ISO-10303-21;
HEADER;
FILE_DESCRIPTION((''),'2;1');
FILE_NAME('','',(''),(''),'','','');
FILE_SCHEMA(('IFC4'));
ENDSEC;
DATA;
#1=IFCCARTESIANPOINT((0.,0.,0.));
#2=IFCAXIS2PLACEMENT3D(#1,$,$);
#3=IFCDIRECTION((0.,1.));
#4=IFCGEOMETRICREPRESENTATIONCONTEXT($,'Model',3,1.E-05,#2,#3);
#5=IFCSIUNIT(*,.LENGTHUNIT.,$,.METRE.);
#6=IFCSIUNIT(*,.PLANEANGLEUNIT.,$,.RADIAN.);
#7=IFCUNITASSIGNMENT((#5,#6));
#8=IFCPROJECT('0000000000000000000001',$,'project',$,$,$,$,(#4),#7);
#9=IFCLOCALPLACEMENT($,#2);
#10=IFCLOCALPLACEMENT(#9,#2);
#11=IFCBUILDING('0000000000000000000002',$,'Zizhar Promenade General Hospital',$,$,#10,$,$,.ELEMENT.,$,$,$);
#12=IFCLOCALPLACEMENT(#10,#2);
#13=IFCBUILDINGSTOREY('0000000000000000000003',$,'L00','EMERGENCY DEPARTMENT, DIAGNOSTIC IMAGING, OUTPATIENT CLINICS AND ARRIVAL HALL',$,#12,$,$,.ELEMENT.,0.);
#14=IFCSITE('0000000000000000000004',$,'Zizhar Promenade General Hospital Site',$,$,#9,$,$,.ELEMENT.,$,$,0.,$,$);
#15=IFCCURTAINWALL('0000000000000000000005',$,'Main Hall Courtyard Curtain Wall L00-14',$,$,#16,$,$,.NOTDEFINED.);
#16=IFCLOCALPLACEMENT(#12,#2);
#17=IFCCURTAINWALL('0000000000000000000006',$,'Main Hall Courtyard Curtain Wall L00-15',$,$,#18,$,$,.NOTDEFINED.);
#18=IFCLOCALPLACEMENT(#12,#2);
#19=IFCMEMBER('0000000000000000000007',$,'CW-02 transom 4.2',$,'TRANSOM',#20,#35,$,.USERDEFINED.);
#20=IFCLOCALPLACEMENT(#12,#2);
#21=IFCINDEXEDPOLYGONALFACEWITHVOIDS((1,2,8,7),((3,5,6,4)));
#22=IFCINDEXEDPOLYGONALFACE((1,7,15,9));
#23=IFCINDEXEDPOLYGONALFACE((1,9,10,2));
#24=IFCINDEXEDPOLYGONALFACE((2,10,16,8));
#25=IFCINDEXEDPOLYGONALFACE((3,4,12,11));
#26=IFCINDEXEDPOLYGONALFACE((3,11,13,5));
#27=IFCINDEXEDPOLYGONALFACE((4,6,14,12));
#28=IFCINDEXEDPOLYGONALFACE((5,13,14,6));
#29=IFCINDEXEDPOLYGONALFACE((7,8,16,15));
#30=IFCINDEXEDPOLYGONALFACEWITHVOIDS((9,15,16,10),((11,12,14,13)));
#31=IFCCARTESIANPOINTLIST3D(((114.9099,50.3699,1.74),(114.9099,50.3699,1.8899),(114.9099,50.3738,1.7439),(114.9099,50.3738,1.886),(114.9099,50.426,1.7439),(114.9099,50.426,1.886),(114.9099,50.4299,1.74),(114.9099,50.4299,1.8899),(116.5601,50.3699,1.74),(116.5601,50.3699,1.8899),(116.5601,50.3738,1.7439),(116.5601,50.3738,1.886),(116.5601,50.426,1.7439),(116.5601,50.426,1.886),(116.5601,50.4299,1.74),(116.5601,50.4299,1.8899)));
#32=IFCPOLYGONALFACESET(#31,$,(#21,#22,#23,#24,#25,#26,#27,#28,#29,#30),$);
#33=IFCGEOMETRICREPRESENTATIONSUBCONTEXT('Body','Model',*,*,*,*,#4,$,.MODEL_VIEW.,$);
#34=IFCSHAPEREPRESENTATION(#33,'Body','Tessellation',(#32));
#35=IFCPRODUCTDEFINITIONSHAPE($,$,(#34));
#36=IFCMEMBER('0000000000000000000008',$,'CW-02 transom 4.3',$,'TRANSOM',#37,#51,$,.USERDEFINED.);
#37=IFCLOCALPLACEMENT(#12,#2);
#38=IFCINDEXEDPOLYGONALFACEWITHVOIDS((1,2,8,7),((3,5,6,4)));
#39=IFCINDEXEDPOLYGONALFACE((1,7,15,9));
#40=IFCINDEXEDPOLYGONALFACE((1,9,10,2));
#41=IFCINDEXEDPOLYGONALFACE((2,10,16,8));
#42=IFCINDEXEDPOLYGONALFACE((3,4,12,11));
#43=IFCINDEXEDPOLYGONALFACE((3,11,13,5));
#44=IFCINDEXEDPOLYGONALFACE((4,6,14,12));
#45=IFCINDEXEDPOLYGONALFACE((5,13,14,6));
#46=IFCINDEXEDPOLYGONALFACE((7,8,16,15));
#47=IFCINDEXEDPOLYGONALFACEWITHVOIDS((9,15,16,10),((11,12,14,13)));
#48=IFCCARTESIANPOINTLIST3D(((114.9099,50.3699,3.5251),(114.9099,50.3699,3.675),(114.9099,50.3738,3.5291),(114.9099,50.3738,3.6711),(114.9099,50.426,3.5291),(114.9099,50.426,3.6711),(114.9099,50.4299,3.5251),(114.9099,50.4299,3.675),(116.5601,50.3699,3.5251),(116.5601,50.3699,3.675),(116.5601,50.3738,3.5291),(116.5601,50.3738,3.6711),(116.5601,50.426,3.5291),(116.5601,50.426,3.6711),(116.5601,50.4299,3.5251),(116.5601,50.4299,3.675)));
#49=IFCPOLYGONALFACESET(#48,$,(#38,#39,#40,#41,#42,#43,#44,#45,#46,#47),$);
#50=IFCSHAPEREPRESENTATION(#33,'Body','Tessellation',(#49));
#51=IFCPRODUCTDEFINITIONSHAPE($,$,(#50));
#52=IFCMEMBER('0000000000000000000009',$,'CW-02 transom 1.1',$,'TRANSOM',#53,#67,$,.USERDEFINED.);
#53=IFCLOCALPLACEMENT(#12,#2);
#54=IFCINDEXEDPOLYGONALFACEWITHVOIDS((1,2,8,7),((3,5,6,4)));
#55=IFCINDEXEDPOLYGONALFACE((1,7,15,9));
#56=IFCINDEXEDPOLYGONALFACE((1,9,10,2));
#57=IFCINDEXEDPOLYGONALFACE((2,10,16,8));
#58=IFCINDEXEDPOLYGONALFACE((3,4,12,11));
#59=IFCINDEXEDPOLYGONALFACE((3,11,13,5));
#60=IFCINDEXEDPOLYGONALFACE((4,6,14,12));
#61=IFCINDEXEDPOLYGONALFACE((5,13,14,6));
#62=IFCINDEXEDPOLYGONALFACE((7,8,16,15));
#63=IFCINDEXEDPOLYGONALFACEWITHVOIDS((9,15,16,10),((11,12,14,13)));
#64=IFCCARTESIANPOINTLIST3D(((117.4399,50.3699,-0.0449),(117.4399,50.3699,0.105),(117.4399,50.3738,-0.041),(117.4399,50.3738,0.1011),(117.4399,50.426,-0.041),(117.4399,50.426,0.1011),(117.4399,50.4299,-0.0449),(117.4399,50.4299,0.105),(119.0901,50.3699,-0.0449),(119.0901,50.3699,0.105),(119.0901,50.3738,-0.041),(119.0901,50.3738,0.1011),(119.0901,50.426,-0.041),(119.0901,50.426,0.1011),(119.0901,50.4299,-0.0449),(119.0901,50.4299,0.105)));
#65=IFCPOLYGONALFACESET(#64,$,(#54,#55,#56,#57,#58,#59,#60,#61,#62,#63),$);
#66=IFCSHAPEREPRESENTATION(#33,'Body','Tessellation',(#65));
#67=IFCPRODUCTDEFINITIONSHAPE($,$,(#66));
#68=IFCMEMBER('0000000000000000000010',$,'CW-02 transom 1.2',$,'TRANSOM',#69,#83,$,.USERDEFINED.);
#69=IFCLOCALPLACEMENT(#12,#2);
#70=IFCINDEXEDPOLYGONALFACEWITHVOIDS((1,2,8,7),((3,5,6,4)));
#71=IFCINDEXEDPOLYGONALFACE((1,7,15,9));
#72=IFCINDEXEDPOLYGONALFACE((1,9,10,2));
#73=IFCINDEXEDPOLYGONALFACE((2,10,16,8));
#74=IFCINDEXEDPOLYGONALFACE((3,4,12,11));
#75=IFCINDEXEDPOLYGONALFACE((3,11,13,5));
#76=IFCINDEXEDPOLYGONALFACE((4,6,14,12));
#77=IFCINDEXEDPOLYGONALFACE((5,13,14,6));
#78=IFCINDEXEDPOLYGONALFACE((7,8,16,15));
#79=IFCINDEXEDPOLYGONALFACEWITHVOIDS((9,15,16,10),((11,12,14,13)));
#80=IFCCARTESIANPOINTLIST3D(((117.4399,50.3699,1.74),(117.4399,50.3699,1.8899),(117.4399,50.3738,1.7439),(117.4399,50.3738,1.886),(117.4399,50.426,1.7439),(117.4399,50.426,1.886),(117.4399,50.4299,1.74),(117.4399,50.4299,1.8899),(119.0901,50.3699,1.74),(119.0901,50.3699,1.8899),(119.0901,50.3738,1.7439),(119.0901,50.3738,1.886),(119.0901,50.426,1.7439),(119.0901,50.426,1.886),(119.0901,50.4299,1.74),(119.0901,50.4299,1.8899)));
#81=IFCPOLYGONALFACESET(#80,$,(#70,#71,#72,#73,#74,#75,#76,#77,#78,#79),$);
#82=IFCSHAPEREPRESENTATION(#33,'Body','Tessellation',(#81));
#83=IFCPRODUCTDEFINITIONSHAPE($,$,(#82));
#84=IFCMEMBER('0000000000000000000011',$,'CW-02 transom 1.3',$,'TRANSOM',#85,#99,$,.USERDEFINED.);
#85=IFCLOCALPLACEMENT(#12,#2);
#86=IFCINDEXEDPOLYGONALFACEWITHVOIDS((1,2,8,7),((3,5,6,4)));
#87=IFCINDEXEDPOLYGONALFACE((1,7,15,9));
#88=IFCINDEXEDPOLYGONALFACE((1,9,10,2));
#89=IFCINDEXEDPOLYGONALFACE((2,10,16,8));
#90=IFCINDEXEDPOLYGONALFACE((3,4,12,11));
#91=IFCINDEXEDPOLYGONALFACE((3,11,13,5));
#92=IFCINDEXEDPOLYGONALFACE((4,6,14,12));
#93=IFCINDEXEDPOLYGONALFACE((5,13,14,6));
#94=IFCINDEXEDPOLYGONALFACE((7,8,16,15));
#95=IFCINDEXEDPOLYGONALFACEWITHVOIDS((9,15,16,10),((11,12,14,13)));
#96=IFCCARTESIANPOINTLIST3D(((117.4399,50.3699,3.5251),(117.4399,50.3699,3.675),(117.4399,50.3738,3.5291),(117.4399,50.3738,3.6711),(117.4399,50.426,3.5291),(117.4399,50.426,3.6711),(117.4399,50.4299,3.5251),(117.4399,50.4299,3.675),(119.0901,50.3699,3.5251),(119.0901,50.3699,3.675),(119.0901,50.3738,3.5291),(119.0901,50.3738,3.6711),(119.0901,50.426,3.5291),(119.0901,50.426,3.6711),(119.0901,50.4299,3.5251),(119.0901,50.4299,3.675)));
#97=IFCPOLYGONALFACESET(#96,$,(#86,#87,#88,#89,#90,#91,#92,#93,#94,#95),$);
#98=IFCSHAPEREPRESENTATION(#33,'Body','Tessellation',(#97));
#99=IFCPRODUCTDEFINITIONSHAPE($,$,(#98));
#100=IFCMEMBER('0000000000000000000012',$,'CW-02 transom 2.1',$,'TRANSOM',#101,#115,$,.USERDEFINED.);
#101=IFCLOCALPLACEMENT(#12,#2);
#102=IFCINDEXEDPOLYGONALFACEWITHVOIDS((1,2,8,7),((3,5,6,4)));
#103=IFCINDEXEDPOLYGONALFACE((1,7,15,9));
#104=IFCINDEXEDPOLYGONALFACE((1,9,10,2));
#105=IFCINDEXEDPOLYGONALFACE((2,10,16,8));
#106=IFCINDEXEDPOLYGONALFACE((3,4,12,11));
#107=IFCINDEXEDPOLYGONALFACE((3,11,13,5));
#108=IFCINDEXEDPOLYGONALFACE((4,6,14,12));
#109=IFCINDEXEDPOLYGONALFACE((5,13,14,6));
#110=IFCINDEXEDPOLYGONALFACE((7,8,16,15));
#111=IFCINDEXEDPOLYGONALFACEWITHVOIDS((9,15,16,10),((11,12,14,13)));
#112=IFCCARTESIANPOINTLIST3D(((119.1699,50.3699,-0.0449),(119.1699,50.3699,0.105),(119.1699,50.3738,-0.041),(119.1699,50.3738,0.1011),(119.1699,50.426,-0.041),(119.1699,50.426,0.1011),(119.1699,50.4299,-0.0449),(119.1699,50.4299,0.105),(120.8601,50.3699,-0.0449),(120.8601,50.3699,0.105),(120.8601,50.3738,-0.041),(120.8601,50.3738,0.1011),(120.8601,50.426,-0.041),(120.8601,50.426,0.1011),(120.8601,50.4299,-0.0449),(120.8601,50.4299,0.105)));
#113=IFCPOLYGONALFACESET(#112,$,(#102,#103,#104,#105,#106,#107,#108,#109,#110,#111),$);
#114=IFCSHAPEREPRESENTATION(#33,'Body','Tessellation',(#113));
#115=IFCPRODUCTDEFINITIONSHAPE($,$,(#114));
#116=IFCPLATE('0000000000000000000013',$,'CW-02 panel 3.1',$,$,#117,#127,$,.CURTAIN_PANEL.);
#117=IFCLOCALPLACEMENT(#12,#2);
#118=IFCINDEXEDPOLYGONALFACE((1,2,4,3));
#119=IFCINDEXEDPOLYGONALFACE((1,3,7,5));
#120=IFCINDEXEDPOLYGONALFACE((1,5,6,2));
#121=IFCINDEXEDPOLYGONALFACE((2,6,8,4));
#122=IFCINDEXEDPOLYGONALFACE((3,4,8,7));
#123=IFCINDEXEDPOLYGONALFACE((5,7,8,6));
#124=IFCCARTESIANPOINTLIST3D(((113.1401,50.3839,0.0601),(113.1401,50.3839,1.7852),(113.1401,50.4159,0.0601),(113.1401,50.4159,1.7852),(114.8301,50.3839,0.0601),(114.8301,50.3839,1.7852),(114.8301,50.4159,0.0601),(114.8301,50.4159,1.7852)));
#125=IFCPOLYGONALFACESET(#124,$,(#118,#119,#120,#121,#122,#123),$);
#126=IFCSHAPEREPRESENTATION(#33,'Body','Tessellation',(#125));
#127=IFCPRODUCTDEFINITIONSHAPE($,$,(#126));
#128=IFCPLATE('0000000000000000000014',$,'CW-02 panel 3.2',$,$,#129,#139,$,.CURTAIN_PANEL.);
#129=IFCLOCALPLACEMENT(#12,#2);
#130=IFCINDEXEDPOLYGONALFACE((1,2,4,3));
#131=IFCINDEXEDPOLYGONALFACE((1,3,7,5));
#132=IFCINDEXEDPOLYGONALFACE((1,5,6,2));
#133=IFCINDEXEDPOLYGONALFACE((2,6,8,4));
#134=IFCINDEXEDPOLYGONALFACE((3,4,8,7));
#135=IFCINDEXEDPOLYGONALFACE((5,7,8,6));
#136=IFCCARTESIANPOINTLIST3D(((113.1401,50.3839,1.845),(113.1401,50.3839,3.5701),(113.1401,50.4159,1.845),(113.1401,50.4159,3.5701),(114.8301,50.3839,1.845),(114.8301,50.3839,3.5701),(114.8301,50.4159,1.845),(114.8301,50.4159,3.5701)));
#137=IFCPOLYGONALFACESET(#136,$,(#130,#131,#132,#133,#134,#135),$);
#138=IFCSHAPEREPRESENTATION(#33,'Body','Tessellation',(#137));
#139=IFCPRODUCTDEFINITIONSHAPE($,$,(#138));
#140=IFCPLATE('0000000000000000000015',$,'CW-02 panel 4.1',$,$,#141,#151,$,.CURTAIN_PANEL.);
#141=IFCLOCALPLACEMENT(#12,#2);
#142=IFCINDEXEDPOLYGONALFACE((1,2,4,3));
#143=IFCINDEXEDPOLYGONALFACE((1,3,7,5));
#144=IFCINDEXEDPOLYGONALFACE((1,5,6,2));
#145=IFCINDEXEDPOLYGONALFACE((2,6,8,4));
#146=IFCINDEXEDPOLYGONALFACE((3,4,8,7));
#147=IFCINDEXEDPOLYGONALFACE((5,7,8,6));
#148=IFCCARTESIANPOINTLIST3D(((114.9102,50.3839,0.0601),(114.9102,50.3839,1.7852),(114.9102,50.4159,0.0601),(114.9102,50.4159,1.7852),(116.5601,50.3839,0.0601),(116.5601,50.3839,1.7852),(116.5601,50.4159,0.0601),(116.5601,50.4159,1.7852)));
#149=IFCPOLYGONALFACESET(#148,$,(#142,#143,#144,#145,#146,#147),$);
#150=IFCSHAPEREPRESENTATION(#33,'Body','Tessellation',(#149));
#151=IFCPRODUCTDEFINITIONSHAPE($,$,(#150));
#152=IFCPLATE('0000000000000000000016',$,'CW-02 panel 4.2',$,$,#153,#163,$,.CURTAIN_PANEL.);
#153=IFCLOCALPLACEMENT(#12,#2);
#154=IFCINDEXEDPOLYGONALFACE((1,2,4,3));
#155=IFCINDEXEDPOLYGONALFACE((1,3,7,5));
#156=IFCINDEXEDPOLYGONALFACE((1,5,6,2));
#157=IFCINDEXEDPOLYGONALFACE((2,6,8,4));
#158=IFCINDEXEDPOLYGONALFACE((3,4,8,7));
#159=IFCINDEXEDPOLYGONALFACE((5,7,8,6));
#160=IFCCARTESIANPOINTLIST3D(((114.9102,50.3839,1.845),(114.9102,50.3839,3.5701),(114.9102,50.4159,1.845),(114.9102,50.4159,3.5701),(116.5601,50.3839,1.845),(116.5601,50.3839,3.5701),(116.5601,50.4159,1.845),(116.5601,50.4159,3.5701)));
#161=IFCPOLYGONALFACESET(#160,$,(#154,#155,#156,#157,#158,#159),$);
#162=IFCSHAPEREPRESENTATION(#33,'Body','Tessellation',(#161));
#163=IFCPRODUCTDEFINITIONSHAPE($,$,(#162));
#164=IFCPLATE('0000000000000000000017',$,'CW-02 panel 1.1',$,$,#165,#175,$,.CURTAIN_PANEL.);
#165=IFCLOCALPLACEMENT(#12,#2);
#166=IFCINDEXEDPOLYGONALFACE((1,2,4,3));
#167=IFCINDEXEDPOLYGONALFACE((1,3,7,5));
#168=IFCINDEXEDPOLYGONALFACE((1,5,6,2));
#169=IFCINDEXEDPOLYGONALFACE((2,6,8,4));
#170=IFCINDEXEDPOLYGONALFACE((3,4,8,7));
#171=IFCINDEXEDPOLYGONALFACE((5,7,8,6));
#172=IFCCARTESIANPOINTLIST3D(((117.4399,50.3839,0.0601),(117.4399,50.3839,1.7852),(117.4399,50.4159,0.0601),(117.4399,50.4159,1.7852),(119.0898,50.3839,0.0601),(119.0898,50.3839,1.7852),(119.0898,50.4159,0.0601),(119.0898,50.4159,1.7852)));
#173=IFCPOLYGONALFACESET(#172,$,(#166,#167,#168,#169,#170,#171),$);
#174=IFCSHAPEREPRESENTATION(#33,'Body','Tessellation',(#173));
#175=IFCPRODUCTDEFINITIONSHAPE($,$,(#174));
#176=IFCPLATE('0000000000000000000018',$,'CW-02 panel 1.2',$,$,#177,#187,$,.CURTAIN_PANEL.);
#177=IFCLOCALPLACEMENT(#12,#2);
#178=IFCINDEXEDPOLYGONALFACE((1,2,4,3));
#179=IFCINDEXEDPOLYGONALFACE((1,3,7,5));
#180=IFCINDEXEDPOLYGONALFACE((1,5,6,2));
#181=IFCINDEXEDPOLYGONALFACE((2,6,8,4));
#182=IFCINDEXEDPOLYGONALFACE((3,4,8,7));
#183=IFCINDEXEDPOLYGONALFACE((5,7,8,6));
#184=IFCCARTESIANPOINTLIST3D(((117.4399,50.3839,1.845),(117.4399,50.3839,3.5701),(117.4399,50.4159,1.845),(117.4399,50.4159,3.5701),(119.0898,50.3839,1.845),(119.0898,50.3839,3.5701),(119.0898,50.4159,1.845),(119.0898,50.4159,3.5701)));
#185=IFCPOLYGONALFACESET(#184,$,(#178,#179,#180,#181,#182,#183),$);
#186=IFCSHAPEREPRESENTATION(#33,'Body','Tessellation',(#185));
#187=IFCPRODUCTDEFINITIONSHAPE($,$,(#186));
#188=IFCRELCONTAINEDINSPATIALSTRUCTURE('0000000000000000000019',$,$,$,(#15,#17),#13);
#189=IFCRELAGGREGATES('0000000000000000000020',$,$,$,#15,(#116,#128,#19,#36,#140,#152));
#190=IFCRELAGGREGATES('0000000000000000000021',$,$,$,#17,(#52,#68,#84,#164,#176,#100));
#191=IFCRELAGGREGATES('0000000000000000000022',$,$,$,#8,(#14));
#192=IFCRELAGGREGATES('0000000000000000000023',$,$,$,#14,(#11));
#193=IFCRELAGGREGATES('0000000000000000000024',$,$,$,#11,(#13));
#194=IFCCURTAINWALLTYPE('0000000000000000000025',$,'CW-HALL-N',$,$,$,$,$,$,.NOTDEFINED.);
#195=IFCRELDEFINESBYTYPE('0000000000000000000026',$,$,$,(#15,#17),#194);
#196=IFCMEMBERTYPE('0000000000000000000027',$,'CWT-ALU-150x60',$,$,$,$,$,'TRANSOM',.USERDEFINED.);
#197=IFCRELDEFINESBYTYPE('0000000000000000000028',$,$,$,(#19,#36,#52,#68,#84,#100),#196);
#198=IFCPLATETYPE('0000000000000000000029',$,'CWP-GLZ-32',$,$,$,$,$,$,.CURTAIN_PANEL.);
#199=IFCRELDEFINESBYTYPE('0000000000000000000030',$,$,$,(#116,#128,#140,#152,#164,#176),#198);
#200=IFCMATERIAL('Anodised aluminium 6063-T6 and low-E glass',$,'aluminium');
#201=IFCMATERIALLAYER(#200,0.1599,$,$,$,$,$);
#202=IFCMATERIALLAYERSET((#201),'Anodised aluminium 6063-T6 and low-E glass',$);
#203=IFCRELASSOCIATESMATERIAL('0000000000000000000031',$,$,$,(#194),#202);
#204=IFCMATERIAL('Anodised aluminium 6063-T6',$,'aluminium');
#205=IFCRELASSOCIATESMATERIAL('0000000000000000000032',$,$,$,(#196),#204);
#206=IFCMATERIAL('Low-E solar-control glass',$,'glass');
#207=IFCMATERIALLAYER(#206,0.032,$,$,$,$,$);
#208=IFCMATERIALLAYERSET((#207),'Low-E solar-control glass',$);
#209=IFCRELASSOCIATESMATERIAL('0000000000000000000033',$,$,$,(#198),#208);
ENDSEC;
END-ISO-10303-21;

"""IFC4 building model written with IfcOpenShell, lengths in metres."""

from ifc_helpers import new_model, si_unit, direction, frame, origin, origin_2d, place, context, subcontext, project, spatial, rectangle, hollow_rectangle, extrude, material, layer, layer_set, material_profile, profile_set, type_object, element, aggregate, save


model = new_model("IFC4")

# Units and contexts
model_context = context("Model", 3, precision=1e-05, world=origin(), true_north=direction((0.0, 1.0)))
body_context = subcontext(model_context, "Body", "Model", "MODEL_VIEW")
ifc_project = project(units=[si_unit("LENGTHUNIT", "METRE"), si_unit("PLANEANGLEUNIT", "RADIAN")], contexts=[model_context])

# Site, building, storey
site_placement = place(None, origin())
site = spatial("IfcSite", under=ifc_project, at=site_placement, Name="Zizhar Promenade General Hospital Site", CompositionType="ELEMENT", RefElevation=0.0)
building_placement = place(site_placement, origin())
building = spatial("IfcBuilding", under=site, at=building_placement, Name="Zizhar Promenade General Hospital", CompositionType="ELEMENT")
storey_placement = place(building_placement, origin())
storey = spatial("IfcBuildingStorey", under=building, at=storey_placement, Name="L00", Description="EMERGENCY DEPARTMENT, DIAGNOSTIC IMAGING, OUTPATIENT CLINICS AND ARRIVAL HALL", CompositionType="ELEMENT", Elevation=0.0)

# Curtain walls
ifc_material_1 = material(Name="Anodised aluminium 6063-T6 and low-E glass", Category="aluminium")
ifc_layer_1 = layer(ifc_material_1, 0.1599)
ifc_layer_set_1 = layer_set([ifc_layer_1], Name="Anodised aluminium 6063-T6 and low-E glass")
curtain_wall_type = type_object("IfcCurtainWallType", Name="CW-HALL-N", PredefinedType="NOTDEFINED", material=ifc_layer_set_1)
curtain_wall_1_placement = place(storey_placement, origin())
curtain_wall_1 = element("IfcCurtainWall", 1, at=curtain_wall_1_placement, inside=storey, type_object=curtain_wall_type, Name="Main Hall Courtyard Curtain Wall L00-14", PredefinedType="NOTDEFINED")
curtain_wall_2_placement = place(storey_placement, origin())
curtain_wall_2 = element("IfcCurtainWall", 2, at=curtain_wall_2_placement, inside=storey, type_object=curtain_wall_type, Name="Main Hall Courtyard Curtain Wall L00-15", PredefinedType="NOTDEFINED")

# Members
ifc_material_2 = material(Name="Anodised aluminium 6063-T6", Category="aluminium")
ifc_material_profile_1 = material_profile(ifc_material_2, hollow_rectangle(XDim=0.0601, YDim=0.1499, WallThickness=0.0039, at=origin_2d()))
ifc_profile_set_1 = profile_set([ifc_material_profile_1], Name="Anodised aluminium 6063-T6")
member_type_1 = type_object("IfcMemberType", Name="CWT-ALU-150x60", ElementType="TRANSOM", PredefinedType="USERDEFINED", material=ifc_profile_set_1)
member_1_placement = place(storey_placement, frame((114.9099, 50.3999, 1.8149), z_axis=(1.0, 0.0, 0.0), x_axis=(0.0, 1.0, 0.0)))
member_1 = element("IfcMember", 3, at=member_1_placement, type_object=member_type_1, Name="CW-02 transom 4.2", ObjectType="TRANSOM", PredefinedType="USERDEFINED", context=body_context, shape_type="SweptSolid", body=[
    extrude(hollow_rectangle(XDim=0.0601, YDim=0.1499, WallThickness=0.0039, at=origin_2d()), origin(), (0.0, 0.0, 1.0), 1.6501),
])
member_2_placement = place(storey_placement, frame((114.9099, 50.3999, 3.6001), z_axis=(1.0, 0.0, 0.0), x_axis=(0.0, 1.0, 0.0)))
member_2 = element("IfcMember", 4, at=member_2_placement, type_object=member_type_1, Name="CW-02 transom 4.3", ObjectType="TRANSOM", PredefinedType="USERDEFINED", context=body_context, shape_type="SweptSolid", body=[
    extrude(hollow_rectangle(XDim=0.0601, YDim=0.1499, WallThickness=0.0039, at=origin_2d()), origin(), (0.0, 0.0, 1.0), 1.6501),
])
member_3_placement = place(storey_placement, frame((117.4399, 50.3999, 0.03), z_axis=(1.0, 0.0, 0.0), x_axis=(0.0, 1.0, 0.0)))
member_3 = element("IfcMember", 5, at=member_3_placement, type_object=member_type_1, Name="CW-02 transom 1.1", ObjectType="TRANSOM", PredefinedType="USERDEFINED", context=body_context, shape_type="SweptSolid", body=[
    extrude(hollow_rectangle(XDim=0.0601, YDim=0.1499, WallThickness=0.0039, at=origin_2d()), origin(), (0.0, 0.0, 1.0), 1.6501),
])
member_4_placement = place(storey_placement, frame((117.4399, 50.3999, 1.8149), z_axis=(1.0, 0.0, 0.0), x_axis=(0.0, 1.0, 0.0)))
member_4 = element("IfcMember", 6, at=member_4_placement, type_object=member_type_1, Name="CW-02 transom 1.2", ObjectType="TRANSOM", PredefinedType="USERDEFINED", context=body_context, shape_type="SweptSolid", body=[
    extrude(hollow_rectangle(XDim=0.0601, YDim=0.1499, WallThickness=0.0039, at=origin_2d()), origin(), (0.0, 0.0, 1.0), 1.6501),
])
member_5_placement = place(storey_placement, frame((117.4399, 50.3999, 3.6001), z_axis=(1.0, 0.0, 0.0), x_axis=(0.0, 1.0, 0.0)))
member_5 = element("IfcMember", 7, at=member_5_placement, type_object=member_type_1, Name="CW-02 transom 1.3", ObjectType="TRANSOM", PredefinedType="USERDEFINED", context=body_context, shape_type="SweptSolid", body=[
    extrude(hollow_rectangle(XDim=0.0601, YDim=0.1499, WallThickness=0.0039, at=origin_2d()), origin(), (0.0, 0.0, 1.0), 1.6501),
])
member_6_placement = place(storey_placement, frame((119.1699, 50.3999, 0.03), z_axis=(1.0, 0.0, 0.0), x_axis=(0.0, 1.0, 0.0)))
member_6 = element("IfcMember", 8, at=member_6_placement, type_object=member_type_1, Name="CW-02 transom 2.1", ObjectType="TRANSOM", PredefinedType="USERDEFINED", context=body_context, shape_type="SweptSolid", body=[
    extrude(hollow_rectangle(XDim=0.0601, YDim=0.1499, WallThickness=0.0039, at=origin_2d()), origin(), (0.0, 0.0, 1.0), 1.6902),
])

# Plates
ifc_material_3 = material(Name="Low-E solar-control glass", Category="glass")
ifc_layer_2 = layer(ifc_material_3, 0.032)
ifc_layer_set_2 = layer_set([ifc_layer_2], Name="Low-E solar-control glass")
plate_type = type_object("IfcPlateType", Name="CWP-GLZ-32", PredefinedType="CURTAIN_PANEL", material=ifc_layer_set_2)
plate_1_placement = place(storey_placement, frame((113.9851, 50.3999, 0.0601), z_axis=(0.0, 0.0, 1.0), x_axis=(1.0, 0.0, 0.0)))
plate_1 = element("IfcPlate", 9, at=plate_1_placement, type_object=plate_type, Name="CW-02 panel 3.1", PredefinedType="CURTAIN_PANEL", context=body_context, shape_type="SweptSolid", body=[
    extrude(rectangle(XDim=1.6899, YDim=0.032, at=origin_2d()), origin(), (0.0, 0.0, 1.0), 1.7251),
])
plate_2_placement = place(storey_placement, frame((113.9851, 50.3999, 1.845), z_axis=(0.0, 0.0, 1.0), x_axis=(1.0, 0.0, 0.0)))
plate_2 = element("IfcPlate", 10, at=plate_2_placement, type_object=plate_type, Name="CW-02 panel 3.2", PredefinedType="CURTAIN_PANEL", context=body_context, shape_type="SweptSolid", body=[
    extrude(rectangle(XDim=1.6899, YDim=0.032, at=origin_2d()), origin(), (0.0, 0.0, 1.0), 1.7251),
])
plate_3_placement = place(storey_placement, frame((115.7351, 50.3999, 0.0601), z_axis=(0.0, 0.0, 1.0), x_axis=(1.0, 0.0, 0.0)))
plate_3 = element("IfcPlate", 11, at=plate_3_placement, type_object=plate_type, Name="CW-02 panel 4.1", PredefinedType="CURTAIN_PANEL", context=body_context, shape_type="SweptSolid", body=[
    extrude(rectangle(XDim=1.6499, YDim=0.032, at=origin_2d()), origin(), (0.0, 0.0, 1.0), 1.7251),
])
plate_4_placement = place(storey_placement, frame((115.7351, 50.3999, 1.845), z_axis=(0.0, 0.0, 1.0), x_axis=(1.0, 0.0, 0.0)))
plate_4 = element("IfcPlate", 12, at=plate_4_placement, type_object=plate_type, Name="CW-02 panel 4.2", PredefinedType="CURTAIN_PANEL", context=body_context, shape_type="SweptSolid", body=[
    extrude(rectangle(XDim=1.6499, YDim=0.032, at=origin_2d()), origin(), (0.0, 0.0, 1.0), 1.7251),
])
aggregate(curtain_wall_1, [plate_1, plate_2, member_1, member_2, plate_3, plate_4])
plate_5_placement = place(storey_placement, frame((118.2649, 50.3999, 0.0601), z_axis=(0.0, 0.0, 1.0), x_axis=(1.0, 0.0, 0.0)))
plate_5 = element("IfcPlate", 13, at=plate_5_placement, type_object=plate_type, Name="CW-02 panel 1.1", PredefinedType="CURTAIN_PANEL", context=body_context, shape_type="SweptSolid", body=[
    extrude(rectangle(XDim=1.6499, YDim=0.032, at=origin_2d()), origin(), (0.0, 0.0, 1.0), 1.7251),
])
plate_6_placement = place(storey_placement, frame((118.2649, 50.3999, 1.845), z_axis=(0.0, 0.0, 1.0), x_axis=(1.0, 0.0, 0.0)))
plate_6 = element("IfcPlate", 14, at=plate_6_placement, type_object=plate_type, Name="CW-02 panel 1.2", PredefinedType="CURTAIN_PANEL", context=body_context, shape_type="SweptSolid", body=[
    extrude(rectangle(XDim=1.6499, YDim=0.032, at=origin_2d()), origin(), (0.0, 0.0, 1.0), 1.7251),
])
aggregate(curtain_wall_2, [member_3, member_4, member_5, plate_5, plate_6, member_6])

save(model, "model.ifc")
